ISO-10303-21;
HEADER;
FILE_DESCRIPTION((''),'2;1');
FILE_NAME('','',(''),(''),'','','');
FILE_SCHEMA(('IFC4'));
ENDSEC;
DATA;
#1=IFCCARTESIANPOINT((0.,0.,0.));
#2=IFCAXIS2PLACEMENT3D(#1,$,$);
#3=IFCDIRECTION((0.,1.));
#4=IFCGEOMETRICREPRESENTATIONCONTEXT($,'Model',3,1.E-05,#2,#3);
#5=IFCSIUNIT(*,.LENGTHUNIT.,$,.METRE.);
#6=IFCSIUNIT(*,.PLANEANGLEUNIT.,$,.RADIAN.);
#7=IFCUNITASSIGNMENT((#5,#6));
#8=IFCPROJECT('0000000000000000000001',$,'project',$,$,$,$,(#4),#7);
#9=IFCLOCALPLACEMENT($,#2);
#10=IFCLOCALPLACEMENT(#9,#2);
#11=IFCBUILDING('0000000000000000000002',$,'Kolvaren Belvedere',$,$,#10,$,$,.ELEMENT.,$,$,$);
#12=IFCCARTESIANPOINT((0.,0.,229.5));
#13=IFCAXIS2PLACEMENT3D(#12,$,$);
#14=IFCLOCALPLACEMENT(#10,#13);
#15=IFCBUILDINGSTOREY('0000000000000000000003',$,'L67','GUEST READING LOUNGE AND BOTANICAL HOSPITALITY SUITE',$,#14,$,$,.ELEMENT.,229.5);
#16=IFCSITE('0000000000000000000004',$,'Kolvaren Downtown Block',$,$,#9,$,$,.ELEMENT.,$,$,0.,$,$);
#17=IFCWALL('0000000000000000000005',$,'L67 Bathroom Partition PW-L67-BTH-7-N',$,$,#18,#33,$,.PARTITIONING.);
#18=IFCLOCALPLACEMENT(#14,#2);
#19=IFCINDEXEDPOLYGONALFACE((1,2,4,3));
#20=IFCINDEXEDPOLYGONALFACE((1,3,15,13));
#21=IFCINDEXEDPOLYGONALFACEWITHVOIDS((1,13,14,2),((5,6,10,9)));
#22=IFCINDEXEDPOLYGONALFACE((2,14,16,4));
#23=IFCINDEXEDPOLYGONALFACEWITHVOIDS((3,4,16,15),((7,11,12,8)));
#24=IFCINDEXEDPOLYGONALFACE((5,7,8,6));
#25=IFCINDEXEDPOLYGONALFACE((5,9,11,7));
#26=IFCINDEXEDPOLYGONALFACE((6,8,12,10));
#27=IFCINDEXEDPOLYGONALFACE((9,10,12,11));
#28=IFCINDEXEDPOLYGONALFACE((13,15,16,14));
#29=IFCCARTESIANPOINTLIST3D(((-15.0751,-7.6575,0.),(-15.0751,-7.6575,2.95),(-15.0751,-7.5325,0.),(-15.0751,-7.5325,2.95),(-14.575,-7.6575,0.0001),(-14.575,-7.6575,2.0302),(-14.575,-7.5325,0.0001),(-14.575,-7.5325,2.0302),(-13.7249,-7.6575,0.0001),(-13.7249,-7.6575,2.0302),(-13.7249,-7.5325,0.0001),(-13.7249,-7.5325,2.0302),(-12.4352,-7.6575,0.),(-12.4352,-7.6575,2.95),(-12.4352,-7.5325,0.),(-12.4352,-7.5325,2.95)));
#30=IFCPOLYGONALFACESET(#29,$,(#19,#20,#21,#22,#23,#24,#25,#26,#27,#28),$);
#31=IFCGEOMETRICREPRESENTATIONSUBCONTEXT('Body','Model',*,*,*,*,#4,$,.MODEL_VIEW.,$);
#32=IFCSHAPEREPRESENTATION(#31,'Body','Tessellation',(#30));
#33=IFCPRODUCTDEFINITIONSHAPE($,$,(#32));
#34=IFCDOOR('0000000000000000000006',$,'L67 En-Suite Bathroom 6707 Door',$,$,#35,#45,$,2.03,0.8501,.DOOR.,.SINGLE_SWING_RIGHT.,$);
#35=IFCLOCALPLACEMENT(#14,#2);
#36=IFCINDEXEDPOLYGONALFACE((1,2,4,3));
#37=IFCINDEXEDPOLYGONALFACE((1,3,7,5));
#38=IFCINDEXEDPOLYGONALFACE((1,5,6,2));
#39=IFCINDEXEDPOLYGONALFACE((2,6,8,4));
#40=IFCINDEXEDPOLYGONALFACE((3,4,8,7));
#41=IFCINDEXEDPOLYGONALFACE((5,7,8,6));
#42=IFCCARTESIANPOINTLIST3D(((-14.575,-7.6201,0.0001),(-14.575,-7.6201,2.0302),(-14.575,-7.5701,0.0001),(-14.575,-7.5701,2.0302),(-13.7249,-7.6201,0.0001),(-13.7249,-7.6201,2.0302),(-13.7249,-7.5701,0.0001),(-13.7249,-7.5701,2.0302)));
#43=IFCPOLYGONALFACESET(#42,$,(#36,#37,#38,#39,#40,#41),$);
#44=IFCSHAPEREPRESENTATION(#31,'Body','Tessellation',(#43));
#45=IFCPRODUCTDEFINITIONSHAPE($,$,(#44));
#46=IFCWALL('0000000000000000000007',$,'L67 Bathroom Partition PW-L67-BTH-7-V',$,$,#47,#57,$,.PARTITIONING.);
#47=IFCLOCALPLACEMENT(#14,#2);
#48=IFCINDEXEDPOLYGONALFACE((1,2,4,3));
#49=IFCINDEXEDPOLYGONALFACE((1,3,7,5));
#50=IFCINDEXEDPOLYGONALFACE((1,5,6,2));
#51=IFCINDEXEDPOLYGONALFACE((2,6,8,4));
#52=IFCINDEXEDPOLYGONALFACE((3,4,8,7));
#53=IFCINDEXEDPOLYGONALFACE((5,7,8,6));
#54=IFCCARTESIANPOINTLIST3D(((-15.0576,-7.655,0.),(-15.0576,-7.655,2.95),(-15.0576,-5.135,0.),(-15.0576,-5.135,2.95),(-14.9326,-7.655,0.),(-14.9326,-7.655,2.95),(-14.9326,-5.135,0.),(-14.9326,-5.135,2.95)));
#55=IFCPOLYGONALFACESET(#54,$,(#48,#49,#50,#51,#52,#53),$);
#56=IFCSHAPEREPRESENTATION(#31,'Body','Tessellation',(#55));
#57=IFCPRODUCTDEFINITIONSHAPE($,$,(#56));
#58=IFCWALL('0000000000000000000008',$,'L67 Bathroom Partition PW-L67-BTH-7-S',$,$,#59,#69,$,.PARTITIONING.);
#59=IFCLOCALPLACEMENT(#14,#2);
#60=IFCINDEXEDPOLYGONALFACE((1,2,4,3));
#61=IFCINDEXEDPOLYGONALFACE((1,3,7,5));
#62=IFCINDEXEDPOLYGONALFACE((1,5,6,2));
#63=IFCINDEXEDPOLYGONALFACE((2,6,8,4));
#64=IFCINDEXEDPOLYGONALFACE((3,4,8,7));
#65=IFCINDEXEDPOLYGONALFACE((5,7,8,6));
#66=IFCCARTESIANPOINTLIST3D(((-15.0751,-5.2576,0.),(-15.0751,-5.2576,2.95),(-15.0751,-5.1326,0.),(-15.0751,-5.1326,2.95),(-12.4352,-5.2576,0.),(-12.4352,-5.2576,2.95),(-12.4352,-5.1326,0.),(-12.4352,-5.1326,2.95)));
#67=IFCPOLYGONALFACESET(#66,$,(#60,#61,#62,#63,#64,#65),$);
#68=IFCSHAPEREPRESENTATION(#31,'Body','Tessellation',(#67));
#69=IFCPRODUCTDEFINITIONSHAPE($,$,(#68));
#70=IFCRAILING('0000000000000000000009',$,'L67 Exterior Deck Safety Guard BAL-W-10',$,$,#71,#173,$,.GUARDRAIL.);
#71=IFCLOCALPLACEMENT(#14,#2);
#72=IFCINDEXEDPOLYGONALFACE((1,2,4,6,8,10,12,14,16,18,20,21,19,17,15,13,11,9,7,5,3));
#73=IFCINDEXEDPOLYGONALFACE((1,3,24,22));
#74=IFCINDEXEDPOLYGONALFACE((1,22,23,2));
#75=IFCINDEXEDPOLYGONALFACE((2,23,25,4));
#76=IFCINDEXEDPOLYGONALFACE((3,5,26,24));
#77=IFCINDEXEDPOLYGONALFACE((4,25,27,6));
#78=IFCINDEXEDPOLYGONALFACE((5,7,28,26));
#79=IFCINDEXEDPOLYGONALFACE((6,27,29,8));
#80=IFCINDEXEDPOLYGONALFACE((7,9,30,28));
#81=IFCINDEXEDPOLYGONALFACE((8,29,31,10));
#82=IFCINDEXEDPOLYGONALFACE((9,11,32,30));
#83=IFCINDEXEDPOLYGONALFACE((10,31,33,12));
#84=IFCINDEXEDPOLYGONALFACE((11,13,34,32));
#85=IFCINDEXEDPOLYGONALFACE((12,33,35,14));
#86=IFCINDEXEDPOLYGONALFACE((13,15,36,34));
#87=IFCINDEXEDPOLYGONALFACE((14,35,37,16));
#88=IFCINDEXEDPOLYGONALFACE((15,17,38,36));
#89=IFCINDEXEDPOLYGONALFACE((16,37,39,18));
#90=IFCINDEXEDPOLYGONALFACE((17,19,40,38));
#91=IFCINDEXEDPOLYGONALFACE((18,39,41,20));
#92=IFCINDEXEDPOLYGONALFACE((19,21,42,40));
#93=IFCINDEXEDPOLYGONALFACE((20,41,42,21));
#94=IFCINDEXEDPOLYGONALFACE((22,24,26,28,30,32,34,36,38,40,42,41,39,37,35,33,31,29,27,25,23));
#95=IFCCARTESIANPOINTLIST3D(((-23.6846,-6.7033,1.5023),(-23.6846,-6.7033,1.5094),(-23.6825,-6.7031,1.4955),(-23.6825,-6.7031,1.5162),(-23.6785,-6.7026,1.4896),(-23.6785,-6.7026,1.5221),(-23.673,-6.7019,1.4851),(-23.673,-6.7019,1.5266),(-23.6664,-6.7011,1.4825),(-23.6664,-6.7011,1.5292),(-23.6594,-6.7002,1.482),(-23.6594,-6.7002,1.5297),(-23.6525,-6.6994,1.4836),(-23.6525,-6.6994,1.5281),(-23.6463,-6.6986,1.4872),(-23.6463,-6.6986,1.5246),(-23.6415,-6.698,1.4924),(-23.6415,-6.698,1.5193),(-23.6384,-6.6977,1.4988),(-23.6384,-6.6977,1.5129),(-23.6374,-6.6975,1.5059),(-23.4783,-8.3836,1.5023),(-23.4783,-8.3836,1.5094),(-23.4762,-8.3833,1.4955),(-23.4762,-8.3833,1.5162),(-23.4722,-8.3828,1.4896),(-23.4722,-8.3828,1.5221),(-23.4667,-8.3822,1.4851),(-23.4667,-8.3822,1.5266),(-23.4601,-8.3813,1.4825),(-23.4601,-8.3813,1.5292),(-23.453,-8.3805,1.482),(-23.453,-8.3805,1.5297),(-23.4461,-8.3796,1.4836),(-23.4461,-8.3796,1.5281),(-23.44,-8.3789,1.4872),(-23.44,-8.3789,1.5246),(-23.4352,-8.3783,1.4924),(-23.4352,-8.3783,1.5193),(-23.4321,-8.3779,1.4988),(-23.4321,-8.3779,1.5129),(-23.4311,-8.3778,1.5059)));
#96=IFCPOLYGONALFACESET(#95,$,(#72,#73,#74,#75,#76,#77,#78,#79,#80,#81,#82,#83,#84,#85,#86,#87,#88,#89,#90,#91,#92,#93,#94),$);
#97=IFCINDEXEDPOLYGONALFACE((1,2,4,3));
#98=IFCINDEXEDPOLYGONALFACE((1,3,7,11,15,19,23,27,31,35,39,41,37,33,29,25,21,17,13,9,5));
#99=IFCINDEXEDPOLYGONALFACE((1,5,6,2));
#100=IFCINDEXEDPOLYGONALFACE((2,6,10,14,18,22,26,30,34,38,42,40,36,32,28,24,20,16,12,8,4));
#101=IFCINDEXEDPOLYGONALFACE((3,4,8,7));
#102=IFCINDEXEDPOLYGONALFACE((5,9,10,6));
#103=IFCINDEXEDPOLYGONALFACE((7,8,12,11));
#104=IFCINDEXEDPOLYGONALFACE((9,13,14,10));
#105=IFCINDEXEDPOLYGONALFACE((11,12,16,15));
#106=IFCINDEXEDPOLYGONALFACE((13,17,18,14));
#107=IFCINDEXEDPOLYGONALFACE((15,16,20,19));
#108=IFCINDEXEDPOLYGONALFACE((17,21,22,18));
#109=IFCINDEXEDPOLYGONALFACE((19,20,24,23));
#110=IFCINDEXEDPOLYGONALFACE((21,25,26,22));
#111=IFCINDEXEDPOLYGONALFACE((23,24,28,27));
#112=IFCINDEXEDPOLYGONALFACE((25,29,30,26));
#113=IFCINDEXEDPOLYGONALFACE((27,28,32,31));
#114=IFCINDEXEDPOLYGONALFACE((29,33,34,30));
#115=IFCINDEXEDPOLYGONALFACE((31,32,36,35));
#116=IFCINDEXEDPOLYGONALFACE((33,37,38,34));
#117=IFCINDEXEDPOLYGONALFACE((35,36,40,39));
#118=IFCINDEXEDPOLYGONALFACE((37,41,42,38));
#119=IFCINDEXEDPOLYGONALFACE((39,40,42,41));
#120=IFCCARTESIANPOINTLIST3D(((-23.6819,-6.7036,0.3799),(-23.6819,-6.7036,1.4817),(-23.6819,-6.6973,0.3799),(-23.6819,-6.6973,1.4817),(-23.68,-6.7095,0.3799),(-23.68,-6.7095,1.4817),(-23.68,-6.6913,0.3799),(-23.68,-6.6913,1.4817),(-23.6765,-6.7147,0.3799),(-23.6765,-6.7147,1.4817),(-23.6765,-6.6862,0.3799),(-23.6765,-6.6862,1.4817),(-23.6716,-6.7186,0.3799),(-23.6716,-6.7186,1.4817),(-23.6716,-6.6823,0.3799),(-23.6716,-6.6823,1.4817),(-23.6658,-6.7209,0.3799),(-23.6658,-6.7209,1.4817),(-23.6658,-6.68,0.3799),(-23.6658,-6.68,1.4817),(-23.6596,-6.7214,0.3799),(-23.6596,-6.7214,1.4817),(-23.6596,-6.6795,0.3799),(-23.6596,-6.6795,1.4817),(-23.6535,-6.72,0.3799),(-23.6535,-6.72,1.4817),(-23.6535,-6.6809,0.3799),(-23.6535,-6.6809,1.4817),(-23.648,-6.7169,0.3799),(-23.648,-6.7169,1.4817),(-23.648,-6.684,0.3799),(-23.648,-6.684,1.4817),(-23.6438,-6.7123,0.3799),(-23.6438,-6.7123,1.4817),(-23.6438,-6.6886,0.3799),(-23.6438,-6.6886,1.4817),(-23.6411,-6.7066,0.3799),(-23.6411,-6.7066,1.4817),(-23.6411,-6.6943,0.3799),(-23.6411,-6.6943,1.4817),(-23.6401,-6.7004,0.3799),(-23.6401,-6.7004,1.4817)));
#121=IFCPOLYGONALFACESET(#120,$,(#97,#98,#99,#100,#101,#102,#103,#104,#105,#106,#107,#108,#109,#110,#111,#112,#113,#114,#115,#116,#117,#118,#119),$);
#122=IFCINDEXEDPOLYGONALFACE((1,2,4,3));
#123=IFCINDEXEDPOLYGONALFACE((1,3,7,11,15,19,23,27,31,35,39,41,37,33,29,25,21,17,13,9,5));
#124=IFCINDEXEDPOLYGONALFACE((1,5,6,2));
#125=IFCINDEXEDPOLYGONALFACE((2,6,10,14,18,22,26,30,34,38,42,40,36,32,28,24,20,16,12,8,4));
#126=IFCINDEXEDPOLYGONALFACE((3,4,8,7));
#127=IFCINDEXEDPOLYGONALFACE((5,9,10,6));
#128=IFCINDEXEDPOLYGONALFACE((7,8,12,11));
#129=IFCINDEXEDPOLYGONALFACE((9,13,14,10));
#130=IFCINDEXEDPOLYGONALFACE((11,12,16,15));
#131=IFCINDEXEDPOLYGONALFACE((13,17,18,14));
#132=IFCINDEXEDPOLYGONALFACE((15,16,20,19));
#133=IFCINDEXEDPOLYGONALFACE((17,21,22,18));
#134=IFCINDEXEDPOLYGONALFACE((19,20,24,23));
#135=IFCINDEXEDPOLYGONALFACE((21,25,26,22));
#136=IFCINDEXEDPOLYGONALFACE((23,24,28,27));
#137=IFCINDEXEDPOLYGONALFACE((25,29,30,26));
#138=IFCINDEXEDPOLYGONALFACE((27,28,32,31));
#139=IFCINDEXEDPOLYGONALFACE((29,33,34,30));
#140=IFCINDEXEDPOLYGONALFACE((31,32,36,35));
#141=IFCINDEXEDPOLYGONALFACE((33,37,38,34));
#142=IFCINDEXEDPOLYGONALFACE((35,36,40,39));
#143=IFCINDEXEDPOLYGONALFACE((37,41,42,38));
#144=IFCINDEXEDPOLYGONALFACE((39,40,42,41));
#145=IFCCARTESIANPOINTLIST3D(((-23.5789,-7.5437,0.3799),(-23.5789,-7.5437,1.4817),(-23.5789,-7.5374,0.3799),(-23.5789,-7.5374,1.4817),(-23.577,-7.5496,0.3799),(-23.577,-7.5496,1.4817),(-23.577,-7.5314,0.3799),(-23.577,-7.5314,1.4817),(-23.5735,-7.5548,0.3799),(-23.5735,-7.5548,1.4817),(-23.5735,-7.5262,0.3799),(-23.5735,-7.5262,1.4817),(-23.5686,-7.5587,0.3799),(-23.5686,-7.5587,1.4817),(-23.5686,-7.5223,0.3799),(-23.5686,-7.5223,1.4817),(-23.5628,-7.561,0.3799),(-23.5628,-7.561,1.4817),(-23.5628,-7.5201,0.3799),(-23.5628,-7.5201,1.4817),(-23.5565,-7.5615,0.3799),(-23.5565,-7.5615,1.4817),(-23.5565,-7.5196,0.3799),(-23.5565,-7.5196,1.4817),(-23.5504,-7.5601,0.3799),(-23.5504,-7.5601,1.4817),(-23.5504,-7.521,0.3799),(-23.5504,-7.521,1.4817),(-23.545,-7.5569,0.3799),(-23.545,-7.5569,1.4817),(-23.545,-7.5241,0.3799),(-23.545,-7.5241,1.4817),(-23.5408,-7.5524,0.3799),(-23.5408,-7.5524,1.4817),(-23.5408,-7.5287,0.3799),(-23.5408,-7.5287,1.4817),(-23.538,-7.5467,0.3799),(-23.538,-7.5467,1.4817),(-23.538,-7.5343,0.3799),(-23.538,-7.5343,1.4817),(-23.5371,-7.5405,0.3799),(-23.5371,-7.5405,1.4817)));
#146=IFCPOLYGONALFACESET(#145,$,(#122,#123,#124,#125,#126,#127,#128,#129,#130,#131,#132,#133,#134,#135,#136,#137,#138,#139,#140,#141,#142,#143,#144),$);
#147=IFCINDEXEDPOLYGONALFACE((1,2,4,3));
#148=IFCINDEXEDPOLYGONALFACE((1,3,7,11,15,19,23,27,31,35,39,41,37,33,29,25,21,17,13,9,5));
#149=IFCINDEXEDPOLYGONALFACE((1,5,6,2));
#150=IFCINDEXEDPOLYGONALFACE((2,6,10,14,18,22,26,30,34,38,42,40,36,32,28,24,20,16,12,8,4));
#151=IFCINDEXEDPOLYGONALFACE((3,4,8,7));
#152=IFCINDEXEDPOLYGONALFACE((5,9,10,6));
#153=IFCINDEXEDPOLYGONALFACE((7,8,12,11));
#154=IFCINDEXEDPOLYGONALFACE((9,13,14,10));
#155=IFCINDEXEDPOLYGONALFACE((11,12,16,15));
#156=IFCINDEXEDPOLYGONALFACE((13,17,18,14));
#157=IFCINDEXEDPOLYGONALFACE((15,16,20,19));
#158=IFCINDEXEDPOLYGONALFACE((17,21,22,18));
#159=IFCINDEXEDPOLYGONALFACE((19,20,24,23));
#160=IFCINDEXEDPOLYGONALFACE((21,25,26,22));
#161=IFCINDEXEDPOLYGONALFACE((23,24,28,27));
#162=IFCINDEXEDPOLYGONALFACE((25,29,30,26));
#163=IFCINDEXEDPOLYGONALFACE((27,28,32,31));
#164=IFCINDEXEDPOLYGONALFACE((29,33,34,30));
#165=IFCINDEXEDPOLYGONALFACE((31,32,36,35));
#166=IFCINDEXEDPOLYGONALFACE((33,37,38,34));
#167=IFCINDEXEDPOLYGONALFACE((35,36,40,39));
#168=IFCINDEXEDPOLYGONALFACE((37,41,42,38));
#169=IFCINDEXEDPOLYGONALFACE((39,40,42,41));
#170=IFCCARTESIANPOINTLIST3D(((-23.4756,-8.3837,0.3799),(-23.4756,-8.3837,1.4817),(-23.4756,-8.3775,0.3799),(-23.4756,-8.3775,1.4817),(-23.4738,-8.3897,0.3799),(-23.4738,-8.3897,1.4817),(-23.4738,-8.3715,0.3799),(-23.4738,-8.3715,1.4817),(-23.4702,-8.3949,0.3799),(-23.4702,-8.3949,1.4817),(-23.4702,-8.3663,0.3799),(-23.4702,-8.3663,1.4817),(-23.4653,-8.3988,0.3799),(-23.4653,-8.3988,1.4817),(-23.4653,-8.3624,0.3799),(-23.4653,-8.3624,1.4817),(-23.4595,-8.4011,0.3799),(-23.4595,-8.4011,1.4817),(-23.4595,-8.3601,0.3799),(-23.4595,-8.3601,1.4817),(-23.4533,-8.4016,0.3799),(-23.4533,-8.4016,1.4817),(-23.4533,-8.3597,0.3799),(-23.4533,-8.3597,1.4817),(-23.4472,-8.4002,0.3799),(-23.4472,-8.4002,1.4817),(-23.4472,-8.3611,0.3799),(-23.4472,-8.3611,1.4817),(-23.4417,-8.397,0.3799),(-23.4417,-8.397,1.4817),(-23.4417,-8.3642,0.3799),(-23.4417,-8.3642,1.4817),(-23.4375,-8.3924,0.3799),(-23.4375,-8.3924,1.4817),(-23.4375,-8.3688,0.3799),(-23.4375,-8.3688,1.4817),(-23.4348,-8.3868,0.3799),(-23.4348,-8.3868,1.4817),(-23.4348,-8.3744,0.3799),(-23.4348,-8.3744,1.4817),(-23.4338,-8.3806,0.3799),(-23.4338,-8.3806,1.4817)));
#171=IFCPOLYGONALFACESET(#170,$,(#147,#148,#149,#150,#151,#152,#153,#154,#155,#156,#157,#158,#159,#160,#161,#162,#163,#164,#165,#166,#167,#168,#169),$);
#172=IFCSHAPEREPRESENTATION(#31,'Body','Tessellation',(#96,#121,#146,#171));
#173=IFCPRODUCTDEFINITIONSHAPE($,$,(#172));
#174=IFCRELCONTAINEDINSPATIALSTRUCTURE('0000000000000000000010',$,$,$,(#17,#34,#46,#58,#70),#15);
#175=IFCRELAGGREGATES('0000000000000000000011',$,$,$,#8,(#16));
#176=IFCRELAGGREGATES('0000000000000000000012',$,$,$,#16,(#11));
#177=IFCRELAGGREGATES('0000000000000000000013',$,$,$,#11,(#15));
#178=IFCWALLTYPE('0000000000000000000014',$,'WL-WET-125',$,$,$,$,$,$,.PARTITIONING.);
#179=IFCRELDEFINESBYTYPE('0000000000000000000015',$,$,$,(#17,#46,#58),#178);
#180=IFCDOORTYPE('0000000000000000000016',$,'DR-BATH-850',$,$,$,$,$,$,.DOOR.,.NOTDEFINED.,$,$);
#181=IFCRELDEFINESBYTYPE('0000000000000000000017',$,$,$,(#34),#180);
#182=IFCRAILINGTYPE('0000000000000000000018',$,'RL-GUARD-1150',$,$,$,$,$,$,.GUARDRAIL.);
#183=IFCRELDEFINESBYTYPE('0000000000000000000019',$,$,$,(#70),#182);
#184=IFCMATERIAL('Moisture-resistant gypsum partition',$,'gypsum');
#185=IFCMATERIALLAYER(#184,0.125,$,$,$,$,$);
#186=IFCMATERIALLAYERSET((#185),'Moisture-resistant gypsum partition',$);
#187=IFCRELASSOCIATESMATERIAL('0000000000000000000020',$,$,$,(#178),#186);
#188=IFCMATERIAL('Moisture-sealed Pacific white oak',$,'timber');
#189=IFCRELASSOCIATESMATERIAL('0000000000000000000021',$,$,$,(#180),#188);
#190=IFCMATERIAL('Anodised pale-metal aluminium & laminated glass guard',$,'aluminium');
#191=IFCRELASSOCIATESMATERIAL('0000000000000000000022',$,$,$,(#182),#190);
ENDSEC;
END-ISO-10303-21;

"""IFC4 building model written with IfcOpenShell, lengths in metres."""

from ifc_helpers import new_model, si_unit, direction, frame, frame_2d, origin, origin_2d, place, context, subcontext, project, spatial, rectangle, circle, extrude, material, layer, layer_set, type_object, element, fill, save


model = new_model("IFC4")

# Units and contexts
model_context = context("Model", 3, precision=1e-05, world=origin(), true_north=direction((0.0, 1.0)))
body_context = subcontext(model_context, "Body", "Model", "MODEL_VIEW")
ifc_project = project(units=[si_unit("LENGTHUNIT", "METRE"), si_unit("PLANEANGLEUNIT", "RADIAN")], contexts=[model_context])

# Site, building, storey
site_placement = place(None, origin())
site = spatial("IfcSite", under=ifc_project, at=site_placement, Name="Kolvaren Downtown Block", CompositionType="ELEMENT", RefElevation=0.0)
building_placement = place(site_placement, origin())
building = spatial("IfcBuilding", under=site, at=building_placement, Name="Kolvaren Belvedere", CompositionType="ELEMENT")
storey_placement = place(building_placement, frame((0.0, 0.0, 229.5)))
storey = spatial("IfcBuildingStorey", under=building, at=storey_placement, Name="L67", Description="GUEST READING LOUNGE AND BOTANICAL HOSPITALITY SUITE", CompositionType="ELEMENT", Elevation=229.5)

# Wall, opening, door
ifc_material_1 = material(Name="Moisture-resistant gypsum partition", Category="gypsum")
ifc_layer_1 = layer(ifc_material_1, 0.125)
ifc_layer_set_1 = layer_set([ifc_layer_1], Name="Moisture-resistant gypsum partition")
wall_type_1 = type_object("IfcWallType", Name="WL-WET-125", PredefinedType="PARTITIONING", material=ifc_layer_set_1)
wall_1_placement = place(storey_placement, frame((-15.075, -7.595, 0.0), z_axis=(0.0, 0.0, 1.0), x_axis=(1.0, 0.0, 0.0)))
wall_1 = element("IfcWall", 1, at=wall_1_placement, inside=storey, type_object=wall_type_1, Name="L67 Bathroom Partition PW-L67-BTH-7-N", PredefinedType="PARTITIONING", context=body_context, shape_type="SweptSolid", body=[
    extrude(rectangle(XDim=2.6399, YDim=0.125, at=frame_2d((1.3198, 0.0))), origin(), (0.0, 0.0, 1.0), 2.95),
])
opening_1_placement = place(wall_1_placement, frame((0.5, 0.0, 0.0)))
opening_1 = element("IfcOpeningElement", 2, at=opening_1_placement, cuts=wall_1, PredefinedType="OPENING", context=body_context, shape_type="SweptSolid", body=[
    extrude(rectangle(XDim=0.8501, YDim=2.03, at=frame_2d((0.425, 1.0151))), frame((0.0, 0.0725, 0.0), z_axis=(0.0, -1.0, 0.0), x_axis=(1.0, 0.0, 0.0)), (0.0, 0.0, 1.0), 0.145),
])
ifc_material_2 = material(Name="Moisture-sealed Pacific white oak", Category="timber")
door_type = type_object("IfcDoorType", Name="DR-BATH-850", OperationType="NOTDEFINED", PredefinedType="DOOR", material=ifc_material_2)
door_placement = place(opening_1_placement, origin())
door = element("IfcDoor", 3, at=door_placement, inside=storey, type_object=door_type, Name="L67 En-Suite Bathroom 6707 Door", OperationType="SINGLE_SWING_RIGHT", OverallHeight=2.03, OverallWidth=0.8501, PredefinedType="DOOR", context=body_context, shape_type="SweptSolid", body=[
    extrude(rectangle(XDim=0.8501, YDim=2.03, at=frame_2d((0.425, 1.0151))), frame((0.0, 0.0249, 0.0), z_axis=(0.0, -1.0, 0.0), x_axis=(1.0, 0.0, 0.0)), (0.0, 0.0, 1.0), 0.05),
])
fill(opening_1, door)

# Walls
wall_2_placement = place(storey_placement, frame((-14.9951, -7.655, 0.0), z_axis=(0.0, 0.0, 1.0), x_axis=(0.0, 1.0, 0.0)))
element("IfcWall", 4, at=wall_2_placement, inside=storey, type_object=wall_type_1, Name="L67 Bathroom Partition PW-L67-BTH-7-V", PredefinedType="PARTITIONING", context=body_context, shape_type="SweptSolid", body=[
    extrude(rectangle(XDim=2.52, YDim=0.125, at=frame_2d((1.26, 0.0))), origin(), (0.0, 0.0, 1.0), 2.95),
])
wall_3_placement = place(storey_placement, frame((-15.075, -5.1951, 0.0), z_axis=(0.0, 0.0, 1.0), x_axis=(1.0, 0.0, 0.0)))
element("IfcWall", 5, at=wall_3_placement, inside=storey, type_object=wall_type_1, Name="L67 Bathroom Partition PW-L67-BTH-7-S", PredefinedType="PARTITIONING", context=body_context, shape_type="SweptSolid", body=[
    extrude(rectangle(XDim=2.6399, YDim=0.125, at=frame_2d((1.3198, 0.0))), origin(), (0.0, 0.0, 1.0), 2.95),
])

# Railing
ifc_material_3 = material(Name="Anodised pale-metal aluminium & laminated glass guard", Category="aluminium")
railing_type = type_object("IfcRailingType", Name="RL-GUARD-1150", PredefinedType="GUARDRAIL", material=ifc_material_3)
railing_1_placement = place(storey_placement, frame((-23.6611, -6.7004, 0.3799)))
element("IfcRailing", 6, at=railing_1_placement, inside=storey, type_object=railing_type, Name="L67 Exterior Deck Safety Guard BAL-W-10", PredefinedType="GUARDRAIL", context=body_context, shape_type="SweptSolid", body=[
    extrude(circle(Radius=0.0239, at=origin_2d()), frame((0.0, 0.0, 1.126), z_axis=(0.121869, -0.992546, 0.0), x_axis=(0.992546, 0.121869, 0.0)), (0.0, 0.0, 1.0), 1.6929),
    extrude(circle(Radius=0.021, at=origin_2d()), origin(), (0.0, 0.0, 1.0), 1.1018),
    extrude(circle(Radius=0.021, at=origin_2d()), frame((0.103, -0.8401, 0.0)), (0.0, 0.0, 1.0), 1.1018),
    extrude(circle(Radius=0.021, at=origin_2d()), frame((0.2063, -1.6802, 0.0)), (0.0, 0.0, 1.0), 1.1018),
])

save(model, "model.ifc")
